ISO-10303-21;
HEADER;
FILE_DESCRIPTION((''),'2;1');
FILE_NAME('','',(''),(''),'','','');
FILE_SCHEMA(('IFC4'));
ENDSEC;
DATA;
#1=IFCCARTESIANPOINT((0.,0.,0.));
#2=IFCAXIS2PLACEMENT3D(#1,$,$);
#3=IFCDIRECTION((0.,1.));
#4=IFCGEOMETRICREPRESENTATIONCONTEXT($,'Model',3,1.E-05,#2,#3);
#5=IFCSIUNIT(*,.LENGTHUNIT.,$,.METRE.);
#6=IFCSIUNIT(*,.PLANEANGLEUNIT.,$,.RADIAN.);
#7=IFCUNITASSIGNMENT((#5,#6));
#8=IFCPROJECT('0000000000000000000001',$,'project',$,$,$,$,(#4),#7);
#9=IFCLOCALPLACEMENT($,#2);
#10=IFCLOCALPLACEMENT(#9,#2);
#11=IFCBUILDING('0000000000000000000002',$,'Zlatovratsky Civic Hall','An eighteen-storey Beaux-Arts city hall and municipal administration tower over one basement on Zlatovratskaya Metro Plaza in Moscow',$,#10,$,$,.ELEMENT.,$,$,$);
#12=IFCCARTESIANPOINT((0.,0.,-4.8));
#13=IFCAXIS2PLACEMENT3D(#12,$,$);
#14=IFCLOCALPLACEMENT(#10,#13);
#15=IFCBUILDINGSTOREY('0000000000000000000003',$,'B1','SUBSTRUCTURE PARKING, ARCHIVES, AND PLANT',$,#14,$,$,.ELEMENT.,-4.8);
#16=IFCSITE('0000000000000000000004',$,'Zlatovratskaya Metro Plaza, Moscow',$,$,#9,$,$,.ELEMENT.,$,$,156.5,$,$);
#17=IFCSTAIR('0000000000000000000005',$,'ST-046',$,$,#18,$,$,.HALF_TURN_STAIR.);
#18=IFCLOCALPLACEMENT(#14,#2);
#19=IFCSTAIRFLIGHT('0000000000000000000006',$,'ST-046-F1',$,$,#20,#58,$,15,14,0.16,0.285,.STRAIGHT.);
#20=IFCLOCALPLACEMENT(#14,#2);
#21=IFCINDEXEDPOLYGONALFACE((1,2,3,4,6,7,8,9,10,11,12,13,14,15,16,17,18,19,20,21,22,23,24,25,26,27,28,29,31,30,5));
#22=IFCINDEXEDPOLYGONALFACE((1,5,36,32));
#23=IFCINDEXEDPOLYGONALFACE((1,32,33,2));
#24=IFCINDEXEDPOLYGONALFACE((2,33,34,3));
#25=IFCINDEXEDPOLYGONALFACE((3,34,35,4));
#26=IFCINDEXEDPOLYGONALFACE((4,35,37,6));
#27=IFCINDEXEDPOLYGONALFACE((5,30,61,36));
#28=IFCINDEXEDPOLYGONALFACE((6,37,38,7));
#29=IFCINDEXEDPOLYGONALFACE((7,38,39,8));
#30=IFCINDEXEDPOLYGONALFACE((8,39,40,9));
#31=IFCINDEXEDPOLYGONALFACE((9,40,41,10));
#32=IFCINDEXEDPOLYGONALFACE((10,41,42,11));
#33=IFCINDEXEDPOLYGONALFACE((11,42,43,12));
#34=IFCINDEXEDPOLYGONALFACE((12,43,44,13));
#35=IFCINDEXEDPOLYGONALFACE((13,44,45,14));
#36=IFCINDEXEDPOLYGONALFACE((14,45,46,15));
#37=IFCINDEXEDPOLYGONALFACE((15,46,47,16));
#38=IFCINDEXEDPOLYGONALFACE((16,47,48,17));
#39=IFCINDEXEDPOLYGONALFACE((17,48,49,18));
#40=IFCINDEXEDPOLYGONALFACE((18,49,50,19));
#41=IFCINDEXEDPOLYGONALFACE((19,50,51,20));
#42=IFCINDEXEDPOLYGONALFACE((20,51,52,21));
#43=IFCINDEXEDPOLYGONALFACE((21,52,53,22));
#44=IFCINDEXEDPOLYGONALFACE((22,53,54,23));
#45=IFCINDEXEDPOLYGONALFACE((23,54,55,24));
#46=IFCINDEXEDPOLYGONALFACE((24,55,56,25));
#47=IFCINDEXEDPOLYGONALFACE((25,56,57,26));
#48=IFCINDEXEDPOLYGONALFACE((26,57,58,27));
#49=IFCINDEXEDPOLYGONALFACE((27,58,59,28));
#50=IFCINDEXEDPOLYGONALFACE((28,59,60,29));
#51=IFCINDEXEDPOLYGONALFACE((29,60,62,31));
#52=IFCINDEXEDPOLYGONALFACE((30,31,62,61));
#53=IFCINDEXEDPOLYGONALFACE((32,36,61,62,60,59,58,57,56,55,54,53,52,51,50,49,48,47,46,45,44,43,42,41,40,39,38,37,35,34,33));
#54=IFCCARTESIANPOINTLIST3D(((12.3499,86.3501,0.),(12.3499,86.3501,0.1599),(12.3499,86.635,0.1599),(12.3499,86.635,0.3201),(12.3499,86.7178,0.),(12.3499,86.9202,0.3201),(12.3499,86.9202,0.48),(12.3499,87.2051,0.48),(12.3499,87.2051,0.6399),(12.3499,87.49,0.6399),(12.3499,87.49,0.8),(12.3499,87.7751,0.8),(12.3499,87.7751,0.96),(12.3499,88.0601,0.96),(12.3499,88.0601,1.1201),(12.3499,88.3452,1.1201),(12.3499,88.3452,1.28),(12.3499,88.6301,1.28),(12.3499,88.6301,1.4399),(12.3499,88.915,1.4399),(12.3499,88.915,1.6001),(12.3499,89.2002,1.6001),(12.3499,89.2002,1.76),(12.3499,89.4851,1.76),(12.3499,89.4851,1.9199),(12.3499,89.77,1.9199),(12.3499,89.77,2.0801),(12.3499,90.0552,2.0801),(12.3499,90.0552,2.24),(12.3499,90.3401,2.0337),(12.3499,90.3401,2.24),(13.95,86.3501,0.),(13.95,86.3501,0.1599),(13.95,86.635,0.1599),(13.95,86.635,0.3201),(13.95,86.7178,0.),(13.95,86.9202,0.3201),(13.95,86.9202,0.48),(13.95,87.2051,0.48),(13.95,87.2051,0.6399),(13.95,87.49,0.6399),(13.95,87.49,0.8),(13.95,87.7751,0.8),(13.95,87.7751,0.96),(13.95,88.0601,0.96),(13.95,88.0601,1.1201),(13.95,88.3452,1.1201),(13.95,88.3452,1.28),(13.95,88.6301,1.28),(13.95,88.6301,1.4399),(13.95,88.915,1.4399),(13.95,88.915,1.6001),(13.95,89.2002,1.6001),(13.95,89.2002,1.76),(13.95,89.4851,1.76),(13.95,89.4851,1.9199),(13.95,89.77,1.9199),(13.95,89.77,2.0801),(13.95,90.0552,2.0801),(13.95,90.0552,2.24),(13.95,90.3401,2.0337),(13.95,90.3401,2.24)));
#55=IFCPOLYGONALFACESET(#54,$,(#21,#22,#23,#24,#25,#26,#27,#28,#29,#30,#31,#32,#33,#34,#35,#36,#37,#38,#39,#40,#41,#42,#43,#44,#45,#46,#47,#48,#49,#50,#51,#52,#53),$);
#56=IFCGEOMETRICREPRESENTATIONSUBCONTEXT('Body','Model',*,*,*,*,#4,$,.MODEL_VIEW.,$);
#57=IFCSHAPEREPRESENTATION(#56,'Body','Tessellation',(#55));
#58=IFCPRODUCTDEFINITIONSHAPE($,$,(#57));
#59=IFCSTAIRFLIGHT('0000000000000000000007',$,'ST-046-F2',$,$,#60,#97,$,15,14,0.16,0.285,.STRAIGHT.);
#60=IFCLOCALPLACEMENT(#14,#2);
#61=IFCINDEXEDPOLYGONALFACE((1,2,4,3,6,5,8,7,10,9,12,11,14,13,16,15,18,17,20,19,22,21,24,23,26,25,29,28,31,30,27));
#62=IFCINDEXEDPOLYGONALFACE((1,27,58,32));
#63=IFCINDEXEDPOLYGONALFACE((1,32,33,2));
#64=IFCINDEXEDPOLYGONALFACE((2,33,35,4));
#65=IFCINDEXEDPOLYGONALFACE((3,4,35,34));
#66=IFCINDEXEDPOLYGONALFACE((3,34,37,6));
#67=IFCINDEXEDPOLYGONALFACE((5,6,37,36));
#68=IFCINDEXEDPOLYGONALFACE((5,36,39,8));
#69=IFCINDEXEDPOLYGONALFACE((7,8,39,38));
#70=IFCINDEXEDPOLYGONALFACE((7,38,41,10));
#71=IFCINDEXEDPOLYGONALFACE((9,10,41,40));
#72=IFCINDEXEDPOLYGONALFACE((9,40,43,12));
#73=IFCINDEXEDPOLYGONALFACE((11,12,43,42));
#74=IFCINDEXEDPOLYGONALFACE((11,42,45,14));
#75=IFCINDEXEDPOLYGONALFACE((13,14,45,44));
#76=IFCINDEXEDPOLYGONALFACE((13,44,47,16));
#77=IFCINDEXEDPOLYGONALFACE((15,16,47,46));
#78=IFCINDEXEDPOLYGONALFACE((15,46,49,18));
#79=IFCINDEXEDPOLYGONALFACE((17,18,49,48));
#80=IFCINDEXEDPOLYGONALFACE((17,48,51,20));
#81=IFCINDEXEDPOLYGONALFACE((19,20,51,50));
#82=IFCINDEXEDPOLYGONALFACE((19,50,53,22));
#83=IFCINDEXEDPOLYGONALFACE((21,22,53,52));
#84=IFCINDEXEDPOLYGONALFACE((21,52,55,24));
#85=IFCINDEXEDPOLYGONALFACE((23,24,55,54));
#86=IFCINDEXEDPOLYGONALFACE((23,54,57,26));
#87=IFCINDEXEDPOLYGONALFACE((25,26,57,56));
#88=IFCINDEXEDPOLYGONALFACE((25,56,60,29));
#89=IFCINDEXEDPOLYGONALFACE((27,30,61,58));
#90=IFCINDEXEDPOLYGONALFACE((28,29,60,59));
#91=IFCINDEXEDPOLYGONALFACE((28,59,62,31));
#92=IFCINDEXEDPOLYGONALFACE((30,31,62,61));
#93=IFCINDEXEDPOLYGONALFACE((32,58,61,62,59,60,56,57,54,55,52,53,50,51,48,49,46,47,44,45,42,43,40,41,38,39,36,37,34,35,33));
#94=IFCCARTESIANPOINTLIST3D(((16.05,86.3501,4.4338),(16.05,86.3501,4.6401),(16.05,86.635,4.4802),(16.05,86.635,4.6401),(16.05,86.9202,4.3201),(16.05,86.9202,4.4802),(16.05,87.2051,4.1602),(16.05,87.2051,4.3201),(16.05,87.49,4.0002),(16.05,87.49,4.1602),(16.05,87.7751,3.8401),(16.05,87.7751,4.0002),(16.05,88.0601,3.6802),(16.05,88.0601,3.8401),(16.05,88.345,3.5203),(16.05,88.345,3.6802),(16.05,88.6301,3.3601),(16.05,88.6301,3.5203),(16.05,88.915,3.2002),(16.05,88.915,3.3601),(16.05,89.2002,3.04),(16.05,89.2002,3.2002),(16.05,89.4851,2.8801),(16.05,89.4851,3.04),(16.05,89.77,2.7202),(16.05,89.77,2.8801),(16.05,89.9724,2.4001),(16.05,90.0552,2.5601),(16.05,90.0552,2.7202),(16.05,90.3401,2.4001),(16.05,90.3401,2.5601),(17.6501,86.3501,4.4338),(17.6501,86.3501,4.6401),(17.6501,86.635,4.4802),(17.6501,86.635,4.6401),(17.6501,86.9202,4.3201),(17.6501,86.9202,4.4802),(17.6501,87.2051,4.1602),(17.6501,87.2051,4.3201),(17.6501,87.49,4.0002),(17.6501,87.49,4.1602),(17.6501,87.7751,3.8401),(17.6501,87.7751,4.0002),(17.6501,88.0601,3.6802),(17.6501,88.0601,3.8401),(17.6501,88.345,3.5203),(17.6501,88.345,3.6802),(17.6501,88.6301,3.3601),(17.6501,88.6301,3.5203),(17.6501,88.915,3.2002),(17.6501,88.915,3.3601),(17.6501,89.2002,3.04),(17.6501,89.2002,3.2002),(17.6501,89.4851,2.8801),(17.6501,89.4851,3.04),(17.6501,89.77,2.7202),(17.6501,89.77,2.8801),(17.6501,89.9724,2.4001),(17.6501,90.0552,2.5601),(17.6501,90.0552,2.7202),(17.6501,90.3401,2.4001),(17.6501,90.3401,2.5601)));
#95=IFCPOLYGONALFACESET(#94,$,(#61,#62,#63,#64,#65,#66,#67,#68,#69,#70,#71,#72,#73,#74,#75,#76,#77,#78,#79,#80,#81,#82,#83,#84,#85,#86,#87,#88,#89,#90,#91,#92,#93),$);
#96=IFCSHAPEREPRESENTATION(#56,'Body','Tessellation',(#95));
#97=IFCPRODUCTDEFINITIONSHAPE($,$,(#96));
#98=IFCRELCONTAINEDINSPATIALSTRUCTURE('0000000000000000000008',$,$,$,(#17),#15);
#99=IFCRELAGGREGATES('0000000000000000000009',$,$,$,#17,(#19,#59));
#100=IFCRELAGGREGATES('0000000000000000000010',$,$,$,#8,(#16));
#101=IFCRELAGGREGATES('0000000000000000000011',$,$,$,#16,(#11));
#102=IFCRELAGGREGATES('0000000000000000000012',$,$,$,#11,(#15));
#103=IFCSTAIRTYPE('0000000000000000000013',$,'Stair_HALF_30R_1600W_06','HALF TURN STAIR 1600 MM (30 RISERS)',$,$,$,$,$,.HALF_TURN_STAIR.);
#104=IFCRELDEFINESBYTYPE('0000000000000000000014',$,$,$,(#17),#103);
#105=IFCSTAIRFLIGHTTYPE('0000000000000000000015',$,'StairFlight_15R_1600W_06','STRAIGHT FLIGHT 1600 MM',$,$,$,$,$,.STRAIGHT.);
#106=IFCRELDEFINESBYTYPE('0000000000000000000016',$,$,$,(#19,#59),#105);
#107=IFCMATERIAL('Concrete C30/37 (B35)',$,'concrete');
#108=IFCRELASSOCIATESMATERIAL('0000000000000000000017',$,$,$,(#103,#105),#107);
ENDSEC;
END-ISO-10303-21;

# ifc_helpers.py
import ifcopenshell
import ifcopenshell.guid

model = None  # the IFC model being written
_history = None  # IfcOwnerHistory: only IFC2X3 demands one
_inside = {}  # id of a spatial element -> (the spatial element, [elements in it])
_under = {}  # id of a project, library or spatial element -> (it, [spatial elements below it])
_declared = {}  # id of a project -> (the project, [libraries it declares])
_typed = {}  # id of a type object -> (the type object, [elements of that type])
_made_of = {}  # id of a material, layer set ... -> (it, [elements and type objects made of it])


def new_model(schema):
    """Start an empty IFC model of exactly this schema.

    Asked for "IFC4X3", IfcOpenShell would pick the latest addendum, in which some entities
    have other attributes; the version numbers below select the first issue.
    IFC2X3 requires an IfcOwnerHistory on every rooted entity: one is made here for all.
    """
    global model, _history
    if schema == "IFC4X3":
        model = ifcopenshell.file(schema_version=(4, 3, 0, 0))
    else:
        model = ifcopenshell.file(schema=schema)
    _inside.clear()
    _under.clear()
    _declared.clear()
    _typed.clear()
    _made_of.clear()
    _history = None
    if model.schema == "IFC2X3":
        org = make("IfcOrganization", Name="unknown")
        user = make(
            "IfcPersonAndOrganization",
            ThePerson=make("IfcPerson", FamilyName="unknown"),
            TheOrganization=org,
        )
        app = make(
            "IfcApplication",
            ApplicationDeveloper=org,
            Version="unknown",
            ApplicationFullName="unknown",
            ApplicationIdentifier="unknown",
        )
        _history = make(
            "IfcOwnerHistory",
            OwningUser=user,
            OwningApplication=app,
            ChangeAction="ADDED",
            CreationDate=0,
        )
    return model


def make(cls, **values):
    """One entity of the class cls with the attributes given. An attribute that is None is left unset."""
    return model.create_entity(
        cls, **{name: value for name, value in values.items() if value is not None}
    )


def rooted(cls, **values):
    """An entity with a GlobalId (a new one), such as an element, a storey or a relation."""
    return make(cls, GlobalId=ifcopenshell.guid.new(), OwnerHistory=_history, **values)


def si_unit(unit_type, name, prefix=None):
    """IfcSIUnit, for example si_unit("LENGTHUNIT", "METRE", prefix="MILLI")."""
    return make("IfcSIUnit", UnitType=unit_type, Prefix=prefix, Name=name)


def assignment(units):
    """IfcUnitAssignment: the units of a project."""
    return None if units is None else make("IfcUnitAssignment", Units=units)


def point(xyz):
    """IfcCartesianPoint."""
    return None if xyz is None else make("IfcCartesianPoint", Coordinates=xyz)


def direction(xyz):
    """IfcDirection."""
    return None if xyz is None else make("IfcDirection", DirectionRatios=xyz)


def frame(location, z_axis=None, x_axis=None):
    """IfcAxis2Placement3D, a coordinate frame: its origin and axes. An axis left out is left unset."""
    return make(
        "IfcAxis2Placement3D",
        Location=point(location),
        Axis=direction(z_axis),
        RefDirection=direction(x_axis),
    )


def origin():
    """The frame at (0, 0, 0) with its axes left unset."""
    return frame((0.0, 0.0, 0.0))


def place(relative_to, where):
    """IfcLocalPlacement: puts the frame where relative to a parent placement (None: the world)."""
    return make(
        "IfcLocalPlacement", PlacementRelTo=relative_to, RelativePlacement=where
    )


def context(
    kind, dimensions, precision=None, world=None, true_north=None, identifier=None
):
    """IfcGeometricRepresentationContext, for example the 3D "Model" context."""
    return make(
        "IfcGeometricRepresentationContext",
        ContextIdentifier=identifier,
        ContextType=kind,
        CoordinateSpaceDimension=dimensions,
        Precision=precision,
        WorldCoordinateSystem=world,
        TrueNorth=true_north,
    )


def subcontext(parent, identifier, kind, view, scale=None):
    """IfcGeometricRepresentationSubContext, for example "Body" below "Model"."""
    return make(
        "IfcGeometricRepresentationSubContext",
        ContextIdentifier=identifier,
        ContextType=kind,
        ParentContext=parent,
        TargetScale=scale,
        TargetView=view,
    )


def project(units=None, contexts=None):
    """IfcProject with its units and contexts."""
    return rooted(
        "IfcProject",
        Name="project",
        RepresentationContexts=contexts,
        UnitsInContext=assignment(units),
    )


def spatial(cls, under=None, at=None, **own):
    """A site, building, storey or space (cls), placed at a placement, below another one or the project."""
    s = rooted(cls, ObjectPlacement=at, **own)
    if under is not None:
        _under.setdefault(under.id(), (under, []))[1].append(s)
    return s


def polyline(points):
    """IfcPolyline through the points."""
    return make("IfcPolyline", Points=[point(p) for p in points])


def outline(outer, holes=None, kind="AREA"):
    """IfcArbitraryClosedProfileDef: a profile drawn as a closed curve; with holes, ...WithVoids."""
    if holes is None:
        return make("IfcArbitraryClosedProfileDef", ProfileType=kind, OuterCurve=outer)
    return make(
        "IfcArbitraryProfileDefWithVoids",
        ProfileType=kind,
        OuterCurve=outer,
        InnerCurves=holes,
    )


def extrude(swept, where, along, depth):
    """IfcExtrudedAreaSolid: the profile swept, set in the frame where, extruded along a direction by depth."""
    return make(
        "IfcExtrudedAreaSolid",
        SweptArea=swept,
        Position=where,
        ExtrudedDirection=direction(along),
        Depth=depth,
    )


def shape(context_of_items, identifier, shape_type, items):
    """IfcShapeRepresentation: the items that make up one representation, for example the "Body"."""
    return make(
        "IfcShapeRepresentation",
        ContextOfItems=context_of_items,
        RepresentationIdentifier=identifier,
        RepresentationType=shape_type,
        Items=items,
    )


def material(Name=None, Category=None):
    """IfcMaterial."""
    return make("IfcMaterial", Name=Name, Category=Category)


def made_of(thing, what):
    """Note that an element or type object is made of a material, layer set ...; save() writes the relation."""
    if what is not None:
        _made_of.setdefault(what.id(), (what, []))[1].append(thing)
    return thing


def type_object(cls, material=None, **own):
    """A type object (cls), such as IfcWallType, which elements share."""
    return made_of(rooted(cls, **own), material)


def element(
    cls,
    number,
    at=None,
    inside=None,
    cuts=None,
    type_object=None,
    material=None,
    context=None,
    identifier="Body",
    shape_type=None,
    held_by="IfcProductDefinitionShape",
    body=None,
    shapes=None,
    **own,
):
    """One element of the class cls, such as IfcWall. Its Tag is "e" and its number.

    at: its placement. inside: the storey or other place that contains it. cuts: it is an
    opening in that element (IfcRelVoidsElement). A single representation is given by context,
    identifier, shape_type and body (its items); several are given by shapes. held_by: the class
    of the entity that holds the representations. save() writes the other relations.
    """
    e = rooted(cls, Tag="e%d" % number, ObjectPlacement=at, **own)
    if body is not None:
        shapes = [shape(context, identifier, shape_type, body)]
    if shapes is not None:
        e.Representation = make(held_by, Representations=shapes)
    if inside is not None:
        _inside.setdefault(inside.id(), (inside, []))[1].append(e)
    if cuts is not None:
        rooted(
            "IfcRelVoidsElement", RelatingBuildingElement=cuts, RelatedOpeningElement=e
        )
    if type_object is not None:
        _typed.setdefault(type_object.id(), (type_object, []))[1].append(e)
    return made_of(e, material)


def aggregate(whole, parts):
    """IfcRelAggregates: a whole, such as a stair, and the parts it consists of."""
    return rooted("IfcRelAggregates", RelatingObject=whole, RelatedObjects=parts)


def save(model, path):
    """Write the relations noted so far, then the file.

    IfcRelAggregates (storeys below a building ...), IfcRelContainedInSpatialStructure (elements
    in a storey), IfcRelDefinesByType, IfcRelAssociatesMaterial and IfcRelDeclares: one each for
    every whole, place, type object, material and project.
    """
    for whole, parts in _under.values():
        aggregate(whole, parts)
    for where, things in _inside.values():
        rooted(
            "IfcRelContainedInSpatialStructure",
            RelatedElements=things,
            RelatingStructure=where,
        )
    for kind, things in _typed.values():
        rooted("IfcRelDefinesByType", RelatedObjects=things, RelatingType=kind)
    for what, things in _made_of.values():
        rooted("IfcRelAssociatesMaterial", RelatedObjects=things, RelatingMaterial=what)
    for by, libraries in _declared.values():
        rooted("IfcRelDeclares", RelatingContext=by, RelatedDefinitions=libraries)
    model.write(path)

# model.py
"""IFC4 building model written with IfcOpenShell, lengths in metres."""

from ifc_helpers import new_model, si_unit, direction, frame, origin, place, context, subcontext, project, spatial, polyline, outline, extrude, material, type_object, element, aggregate, save


model = new_model("IFC4")

# Units and contexts
model_context = context("Model", 3, precision=1e-05, world=origin(), true_north=direction((0.0, 1.0)))
body_context = subcontext(model_context, "Body", "Model", "MODEL_VIEW")
ifc_project = project(units=[si_unit("LENGTHUNIT", "METRE"), si_unit("PLANEANGLEUNIT", "RADIAN")], contexts=[model_context])

# Site, building, storey
site_placement = place(None, origin())
site = spatial("IfcSite", under=ifc_project, at=site_placement, Name="Zlatovratskaya Metro Plaza, Moscow", CompositionType="ELEMENT", RefElevation=156.5)
building_placement = place(site_placement, origin())
building = spatial("IfcBuilding", under=site, at=building_placement, Name="Zlatovratsky Civic Hall", Description="An eighteen-storey Beaux-Arts city hall and municipal administration tower over one basement on Zlatovratskaya Metro Plaza in Moscow", CompositionType="ELEMENT")
storey_placement = place(building_placement, frame((0.0, 0.0, -4.8)))
storey = spatial("IfcBuildingStorey", under=building, at=storey_placement, Name="B1", Description="SUBSTRUCTURE PARKING, ARCHIVES, AND PLANT", CompositionType="ELEMENT", Elevation=-4.8)

# Stair, stair flights
ifc_material_1 = material(Name="Concrete C30/37 (B35)", Category="concrete")
stair_type = type_object("IfcStairType", Name="Stair_HALF_30R_1600W_06", Description="HALF TURN STAIR 1600 MM (30 RISERS)", PredefinedType="HALF_TURN_STAIR", material=ifc_material_1)
stair_placement = place(storey_placement, origin())
stair = element("IfcStair", 1, at=stair_placement, inside=storey, type_object=stair_type, Name="ST-046", PredefinedType="HALF_TURN_STAIR")
stair_flight_type = type_object("IfcStairFlightType", Name="StairFlight_15R_1600W_06", Description="STRAIGHT FLIGHT 1600 MM", PredefinedType="STRAIGHT", material=ifc_material_1)
stair_flight_1_placement = place(storey_placement, frame((13.1499, 86.3501, 0.0), z_axis=(0.0, 0.0, 1.0), x_axis=(0.0, 1.0, 0.0)))
stair_flight_1 = element("IfcStairFlight", 2, at=stair_flight_1_placement, type_object=stair_flight_type, Name="ST-046-F1", NumberOfRisers=15, NumberOfTreads=14, PredefinedType="STRAIGHT", RiserHeight=0.16, TreadLength=0.285, context=body_context, shape_type="SweptSolid", body=[
    extrude(outline(polyline([(0.0, 0.0), (0.0, 0.1599), (0.2849, 0.1599), (0.2849, 0.3201), (0.5701, 0.3201), (0.5701, 0.48), (0.855, 0.48), (0.855, 0.6399), (1.1399, 0.6399), (1.1399, 0.8), (1.425, 0.8), (1.425, 0.96), (1.71, 0.96), (1.71, 1.1201), (1.9951, 1.1201), (1.9951, 1.28), (2.28, 1.28), (2.28, 1.4399), (2.5649, 1.4399), (2.5649, 1.6001), (2.8501, 1.6001), (2.8501, 1.76), (3.135, 1.76), (3.135, 1.9199), (3.4199, 1.9199), (3.4199, 2.0801), (3.7051, 2.0801), (3.7051, 2.24), (3.99, 2.24), (3.99, 2.3999), (3.99, 2.0337), (0.3677, 0.0), (0.0, 0.0)])), frame((0.0, 0.8, 0.0), z_axis=(0.0, -1.0, 0.0), x_axis=(1.0, 0.0, 0.0)), (0.0, 0.0, 1.0), 1.6001),
])
stair_flight_2_placement = place(storey_placement, frame((16.8501, 90.3401, 2.4001), z_axis=(0.0, 0.0, 1.0), x_axis=(0.0, -1.0, 0.0)))
stair_flight_2 = element("IfcStairFlight", 3, at=stair_flight_2_placement, type_object=stair_flight_type, Name="ST-046-F2", NumberOfRisers=15, NumberOfTreads=14, PredefinedType="STRAIGHT", RiserHeight=0.16, TreadLength=0.285, context=body_context, shape_type="SweptSolid", body=[
    extrude(outline(polyline([(0.0, 0.0), (0.0, 0.1599), (0.2849, 0.1599), (0.2849, 0.3201), (0.5701, 0.3201), (0.5701, 0.48), (0.855, 0.48), (0.855, 0.6399), (1.1399, 0.6399), (1.1399, 0.8), (1.425, 0.8), (1.425, 0.96), (1.71, 0.96), (1.71, 1.1201), (1.9951, 1.1201), (1.9951, 1.28), (2.28, 1.28), (2.28, 1.4399), (2.5649, 1.4399), (2.5649, 1.6001), (2.8501, 1.6001), (2.8501, 1.76), (3.135, 1.76), (3.135, 1.9199), (3.4199, 1.9199), (3.4199, 2.0801), (3.7051, 2.0801), (3.7051, 2.24), (3.99, 2.24), (3.99, 2.3999), (3.99, 2.0337), (0.3677, 0.0), (0.0, 0.0)])), frame((0.0, 0.8, 0.0), z_axis=(0.0, -1.0, 0.0), x_axis=(1.0, 0.0, 0.0)), (0.0, 0.0, 1.0), 1.6001),
])
aggregate(stair, [stair_flight_1, stair_flight_2])

save(model, "model.ifc")
